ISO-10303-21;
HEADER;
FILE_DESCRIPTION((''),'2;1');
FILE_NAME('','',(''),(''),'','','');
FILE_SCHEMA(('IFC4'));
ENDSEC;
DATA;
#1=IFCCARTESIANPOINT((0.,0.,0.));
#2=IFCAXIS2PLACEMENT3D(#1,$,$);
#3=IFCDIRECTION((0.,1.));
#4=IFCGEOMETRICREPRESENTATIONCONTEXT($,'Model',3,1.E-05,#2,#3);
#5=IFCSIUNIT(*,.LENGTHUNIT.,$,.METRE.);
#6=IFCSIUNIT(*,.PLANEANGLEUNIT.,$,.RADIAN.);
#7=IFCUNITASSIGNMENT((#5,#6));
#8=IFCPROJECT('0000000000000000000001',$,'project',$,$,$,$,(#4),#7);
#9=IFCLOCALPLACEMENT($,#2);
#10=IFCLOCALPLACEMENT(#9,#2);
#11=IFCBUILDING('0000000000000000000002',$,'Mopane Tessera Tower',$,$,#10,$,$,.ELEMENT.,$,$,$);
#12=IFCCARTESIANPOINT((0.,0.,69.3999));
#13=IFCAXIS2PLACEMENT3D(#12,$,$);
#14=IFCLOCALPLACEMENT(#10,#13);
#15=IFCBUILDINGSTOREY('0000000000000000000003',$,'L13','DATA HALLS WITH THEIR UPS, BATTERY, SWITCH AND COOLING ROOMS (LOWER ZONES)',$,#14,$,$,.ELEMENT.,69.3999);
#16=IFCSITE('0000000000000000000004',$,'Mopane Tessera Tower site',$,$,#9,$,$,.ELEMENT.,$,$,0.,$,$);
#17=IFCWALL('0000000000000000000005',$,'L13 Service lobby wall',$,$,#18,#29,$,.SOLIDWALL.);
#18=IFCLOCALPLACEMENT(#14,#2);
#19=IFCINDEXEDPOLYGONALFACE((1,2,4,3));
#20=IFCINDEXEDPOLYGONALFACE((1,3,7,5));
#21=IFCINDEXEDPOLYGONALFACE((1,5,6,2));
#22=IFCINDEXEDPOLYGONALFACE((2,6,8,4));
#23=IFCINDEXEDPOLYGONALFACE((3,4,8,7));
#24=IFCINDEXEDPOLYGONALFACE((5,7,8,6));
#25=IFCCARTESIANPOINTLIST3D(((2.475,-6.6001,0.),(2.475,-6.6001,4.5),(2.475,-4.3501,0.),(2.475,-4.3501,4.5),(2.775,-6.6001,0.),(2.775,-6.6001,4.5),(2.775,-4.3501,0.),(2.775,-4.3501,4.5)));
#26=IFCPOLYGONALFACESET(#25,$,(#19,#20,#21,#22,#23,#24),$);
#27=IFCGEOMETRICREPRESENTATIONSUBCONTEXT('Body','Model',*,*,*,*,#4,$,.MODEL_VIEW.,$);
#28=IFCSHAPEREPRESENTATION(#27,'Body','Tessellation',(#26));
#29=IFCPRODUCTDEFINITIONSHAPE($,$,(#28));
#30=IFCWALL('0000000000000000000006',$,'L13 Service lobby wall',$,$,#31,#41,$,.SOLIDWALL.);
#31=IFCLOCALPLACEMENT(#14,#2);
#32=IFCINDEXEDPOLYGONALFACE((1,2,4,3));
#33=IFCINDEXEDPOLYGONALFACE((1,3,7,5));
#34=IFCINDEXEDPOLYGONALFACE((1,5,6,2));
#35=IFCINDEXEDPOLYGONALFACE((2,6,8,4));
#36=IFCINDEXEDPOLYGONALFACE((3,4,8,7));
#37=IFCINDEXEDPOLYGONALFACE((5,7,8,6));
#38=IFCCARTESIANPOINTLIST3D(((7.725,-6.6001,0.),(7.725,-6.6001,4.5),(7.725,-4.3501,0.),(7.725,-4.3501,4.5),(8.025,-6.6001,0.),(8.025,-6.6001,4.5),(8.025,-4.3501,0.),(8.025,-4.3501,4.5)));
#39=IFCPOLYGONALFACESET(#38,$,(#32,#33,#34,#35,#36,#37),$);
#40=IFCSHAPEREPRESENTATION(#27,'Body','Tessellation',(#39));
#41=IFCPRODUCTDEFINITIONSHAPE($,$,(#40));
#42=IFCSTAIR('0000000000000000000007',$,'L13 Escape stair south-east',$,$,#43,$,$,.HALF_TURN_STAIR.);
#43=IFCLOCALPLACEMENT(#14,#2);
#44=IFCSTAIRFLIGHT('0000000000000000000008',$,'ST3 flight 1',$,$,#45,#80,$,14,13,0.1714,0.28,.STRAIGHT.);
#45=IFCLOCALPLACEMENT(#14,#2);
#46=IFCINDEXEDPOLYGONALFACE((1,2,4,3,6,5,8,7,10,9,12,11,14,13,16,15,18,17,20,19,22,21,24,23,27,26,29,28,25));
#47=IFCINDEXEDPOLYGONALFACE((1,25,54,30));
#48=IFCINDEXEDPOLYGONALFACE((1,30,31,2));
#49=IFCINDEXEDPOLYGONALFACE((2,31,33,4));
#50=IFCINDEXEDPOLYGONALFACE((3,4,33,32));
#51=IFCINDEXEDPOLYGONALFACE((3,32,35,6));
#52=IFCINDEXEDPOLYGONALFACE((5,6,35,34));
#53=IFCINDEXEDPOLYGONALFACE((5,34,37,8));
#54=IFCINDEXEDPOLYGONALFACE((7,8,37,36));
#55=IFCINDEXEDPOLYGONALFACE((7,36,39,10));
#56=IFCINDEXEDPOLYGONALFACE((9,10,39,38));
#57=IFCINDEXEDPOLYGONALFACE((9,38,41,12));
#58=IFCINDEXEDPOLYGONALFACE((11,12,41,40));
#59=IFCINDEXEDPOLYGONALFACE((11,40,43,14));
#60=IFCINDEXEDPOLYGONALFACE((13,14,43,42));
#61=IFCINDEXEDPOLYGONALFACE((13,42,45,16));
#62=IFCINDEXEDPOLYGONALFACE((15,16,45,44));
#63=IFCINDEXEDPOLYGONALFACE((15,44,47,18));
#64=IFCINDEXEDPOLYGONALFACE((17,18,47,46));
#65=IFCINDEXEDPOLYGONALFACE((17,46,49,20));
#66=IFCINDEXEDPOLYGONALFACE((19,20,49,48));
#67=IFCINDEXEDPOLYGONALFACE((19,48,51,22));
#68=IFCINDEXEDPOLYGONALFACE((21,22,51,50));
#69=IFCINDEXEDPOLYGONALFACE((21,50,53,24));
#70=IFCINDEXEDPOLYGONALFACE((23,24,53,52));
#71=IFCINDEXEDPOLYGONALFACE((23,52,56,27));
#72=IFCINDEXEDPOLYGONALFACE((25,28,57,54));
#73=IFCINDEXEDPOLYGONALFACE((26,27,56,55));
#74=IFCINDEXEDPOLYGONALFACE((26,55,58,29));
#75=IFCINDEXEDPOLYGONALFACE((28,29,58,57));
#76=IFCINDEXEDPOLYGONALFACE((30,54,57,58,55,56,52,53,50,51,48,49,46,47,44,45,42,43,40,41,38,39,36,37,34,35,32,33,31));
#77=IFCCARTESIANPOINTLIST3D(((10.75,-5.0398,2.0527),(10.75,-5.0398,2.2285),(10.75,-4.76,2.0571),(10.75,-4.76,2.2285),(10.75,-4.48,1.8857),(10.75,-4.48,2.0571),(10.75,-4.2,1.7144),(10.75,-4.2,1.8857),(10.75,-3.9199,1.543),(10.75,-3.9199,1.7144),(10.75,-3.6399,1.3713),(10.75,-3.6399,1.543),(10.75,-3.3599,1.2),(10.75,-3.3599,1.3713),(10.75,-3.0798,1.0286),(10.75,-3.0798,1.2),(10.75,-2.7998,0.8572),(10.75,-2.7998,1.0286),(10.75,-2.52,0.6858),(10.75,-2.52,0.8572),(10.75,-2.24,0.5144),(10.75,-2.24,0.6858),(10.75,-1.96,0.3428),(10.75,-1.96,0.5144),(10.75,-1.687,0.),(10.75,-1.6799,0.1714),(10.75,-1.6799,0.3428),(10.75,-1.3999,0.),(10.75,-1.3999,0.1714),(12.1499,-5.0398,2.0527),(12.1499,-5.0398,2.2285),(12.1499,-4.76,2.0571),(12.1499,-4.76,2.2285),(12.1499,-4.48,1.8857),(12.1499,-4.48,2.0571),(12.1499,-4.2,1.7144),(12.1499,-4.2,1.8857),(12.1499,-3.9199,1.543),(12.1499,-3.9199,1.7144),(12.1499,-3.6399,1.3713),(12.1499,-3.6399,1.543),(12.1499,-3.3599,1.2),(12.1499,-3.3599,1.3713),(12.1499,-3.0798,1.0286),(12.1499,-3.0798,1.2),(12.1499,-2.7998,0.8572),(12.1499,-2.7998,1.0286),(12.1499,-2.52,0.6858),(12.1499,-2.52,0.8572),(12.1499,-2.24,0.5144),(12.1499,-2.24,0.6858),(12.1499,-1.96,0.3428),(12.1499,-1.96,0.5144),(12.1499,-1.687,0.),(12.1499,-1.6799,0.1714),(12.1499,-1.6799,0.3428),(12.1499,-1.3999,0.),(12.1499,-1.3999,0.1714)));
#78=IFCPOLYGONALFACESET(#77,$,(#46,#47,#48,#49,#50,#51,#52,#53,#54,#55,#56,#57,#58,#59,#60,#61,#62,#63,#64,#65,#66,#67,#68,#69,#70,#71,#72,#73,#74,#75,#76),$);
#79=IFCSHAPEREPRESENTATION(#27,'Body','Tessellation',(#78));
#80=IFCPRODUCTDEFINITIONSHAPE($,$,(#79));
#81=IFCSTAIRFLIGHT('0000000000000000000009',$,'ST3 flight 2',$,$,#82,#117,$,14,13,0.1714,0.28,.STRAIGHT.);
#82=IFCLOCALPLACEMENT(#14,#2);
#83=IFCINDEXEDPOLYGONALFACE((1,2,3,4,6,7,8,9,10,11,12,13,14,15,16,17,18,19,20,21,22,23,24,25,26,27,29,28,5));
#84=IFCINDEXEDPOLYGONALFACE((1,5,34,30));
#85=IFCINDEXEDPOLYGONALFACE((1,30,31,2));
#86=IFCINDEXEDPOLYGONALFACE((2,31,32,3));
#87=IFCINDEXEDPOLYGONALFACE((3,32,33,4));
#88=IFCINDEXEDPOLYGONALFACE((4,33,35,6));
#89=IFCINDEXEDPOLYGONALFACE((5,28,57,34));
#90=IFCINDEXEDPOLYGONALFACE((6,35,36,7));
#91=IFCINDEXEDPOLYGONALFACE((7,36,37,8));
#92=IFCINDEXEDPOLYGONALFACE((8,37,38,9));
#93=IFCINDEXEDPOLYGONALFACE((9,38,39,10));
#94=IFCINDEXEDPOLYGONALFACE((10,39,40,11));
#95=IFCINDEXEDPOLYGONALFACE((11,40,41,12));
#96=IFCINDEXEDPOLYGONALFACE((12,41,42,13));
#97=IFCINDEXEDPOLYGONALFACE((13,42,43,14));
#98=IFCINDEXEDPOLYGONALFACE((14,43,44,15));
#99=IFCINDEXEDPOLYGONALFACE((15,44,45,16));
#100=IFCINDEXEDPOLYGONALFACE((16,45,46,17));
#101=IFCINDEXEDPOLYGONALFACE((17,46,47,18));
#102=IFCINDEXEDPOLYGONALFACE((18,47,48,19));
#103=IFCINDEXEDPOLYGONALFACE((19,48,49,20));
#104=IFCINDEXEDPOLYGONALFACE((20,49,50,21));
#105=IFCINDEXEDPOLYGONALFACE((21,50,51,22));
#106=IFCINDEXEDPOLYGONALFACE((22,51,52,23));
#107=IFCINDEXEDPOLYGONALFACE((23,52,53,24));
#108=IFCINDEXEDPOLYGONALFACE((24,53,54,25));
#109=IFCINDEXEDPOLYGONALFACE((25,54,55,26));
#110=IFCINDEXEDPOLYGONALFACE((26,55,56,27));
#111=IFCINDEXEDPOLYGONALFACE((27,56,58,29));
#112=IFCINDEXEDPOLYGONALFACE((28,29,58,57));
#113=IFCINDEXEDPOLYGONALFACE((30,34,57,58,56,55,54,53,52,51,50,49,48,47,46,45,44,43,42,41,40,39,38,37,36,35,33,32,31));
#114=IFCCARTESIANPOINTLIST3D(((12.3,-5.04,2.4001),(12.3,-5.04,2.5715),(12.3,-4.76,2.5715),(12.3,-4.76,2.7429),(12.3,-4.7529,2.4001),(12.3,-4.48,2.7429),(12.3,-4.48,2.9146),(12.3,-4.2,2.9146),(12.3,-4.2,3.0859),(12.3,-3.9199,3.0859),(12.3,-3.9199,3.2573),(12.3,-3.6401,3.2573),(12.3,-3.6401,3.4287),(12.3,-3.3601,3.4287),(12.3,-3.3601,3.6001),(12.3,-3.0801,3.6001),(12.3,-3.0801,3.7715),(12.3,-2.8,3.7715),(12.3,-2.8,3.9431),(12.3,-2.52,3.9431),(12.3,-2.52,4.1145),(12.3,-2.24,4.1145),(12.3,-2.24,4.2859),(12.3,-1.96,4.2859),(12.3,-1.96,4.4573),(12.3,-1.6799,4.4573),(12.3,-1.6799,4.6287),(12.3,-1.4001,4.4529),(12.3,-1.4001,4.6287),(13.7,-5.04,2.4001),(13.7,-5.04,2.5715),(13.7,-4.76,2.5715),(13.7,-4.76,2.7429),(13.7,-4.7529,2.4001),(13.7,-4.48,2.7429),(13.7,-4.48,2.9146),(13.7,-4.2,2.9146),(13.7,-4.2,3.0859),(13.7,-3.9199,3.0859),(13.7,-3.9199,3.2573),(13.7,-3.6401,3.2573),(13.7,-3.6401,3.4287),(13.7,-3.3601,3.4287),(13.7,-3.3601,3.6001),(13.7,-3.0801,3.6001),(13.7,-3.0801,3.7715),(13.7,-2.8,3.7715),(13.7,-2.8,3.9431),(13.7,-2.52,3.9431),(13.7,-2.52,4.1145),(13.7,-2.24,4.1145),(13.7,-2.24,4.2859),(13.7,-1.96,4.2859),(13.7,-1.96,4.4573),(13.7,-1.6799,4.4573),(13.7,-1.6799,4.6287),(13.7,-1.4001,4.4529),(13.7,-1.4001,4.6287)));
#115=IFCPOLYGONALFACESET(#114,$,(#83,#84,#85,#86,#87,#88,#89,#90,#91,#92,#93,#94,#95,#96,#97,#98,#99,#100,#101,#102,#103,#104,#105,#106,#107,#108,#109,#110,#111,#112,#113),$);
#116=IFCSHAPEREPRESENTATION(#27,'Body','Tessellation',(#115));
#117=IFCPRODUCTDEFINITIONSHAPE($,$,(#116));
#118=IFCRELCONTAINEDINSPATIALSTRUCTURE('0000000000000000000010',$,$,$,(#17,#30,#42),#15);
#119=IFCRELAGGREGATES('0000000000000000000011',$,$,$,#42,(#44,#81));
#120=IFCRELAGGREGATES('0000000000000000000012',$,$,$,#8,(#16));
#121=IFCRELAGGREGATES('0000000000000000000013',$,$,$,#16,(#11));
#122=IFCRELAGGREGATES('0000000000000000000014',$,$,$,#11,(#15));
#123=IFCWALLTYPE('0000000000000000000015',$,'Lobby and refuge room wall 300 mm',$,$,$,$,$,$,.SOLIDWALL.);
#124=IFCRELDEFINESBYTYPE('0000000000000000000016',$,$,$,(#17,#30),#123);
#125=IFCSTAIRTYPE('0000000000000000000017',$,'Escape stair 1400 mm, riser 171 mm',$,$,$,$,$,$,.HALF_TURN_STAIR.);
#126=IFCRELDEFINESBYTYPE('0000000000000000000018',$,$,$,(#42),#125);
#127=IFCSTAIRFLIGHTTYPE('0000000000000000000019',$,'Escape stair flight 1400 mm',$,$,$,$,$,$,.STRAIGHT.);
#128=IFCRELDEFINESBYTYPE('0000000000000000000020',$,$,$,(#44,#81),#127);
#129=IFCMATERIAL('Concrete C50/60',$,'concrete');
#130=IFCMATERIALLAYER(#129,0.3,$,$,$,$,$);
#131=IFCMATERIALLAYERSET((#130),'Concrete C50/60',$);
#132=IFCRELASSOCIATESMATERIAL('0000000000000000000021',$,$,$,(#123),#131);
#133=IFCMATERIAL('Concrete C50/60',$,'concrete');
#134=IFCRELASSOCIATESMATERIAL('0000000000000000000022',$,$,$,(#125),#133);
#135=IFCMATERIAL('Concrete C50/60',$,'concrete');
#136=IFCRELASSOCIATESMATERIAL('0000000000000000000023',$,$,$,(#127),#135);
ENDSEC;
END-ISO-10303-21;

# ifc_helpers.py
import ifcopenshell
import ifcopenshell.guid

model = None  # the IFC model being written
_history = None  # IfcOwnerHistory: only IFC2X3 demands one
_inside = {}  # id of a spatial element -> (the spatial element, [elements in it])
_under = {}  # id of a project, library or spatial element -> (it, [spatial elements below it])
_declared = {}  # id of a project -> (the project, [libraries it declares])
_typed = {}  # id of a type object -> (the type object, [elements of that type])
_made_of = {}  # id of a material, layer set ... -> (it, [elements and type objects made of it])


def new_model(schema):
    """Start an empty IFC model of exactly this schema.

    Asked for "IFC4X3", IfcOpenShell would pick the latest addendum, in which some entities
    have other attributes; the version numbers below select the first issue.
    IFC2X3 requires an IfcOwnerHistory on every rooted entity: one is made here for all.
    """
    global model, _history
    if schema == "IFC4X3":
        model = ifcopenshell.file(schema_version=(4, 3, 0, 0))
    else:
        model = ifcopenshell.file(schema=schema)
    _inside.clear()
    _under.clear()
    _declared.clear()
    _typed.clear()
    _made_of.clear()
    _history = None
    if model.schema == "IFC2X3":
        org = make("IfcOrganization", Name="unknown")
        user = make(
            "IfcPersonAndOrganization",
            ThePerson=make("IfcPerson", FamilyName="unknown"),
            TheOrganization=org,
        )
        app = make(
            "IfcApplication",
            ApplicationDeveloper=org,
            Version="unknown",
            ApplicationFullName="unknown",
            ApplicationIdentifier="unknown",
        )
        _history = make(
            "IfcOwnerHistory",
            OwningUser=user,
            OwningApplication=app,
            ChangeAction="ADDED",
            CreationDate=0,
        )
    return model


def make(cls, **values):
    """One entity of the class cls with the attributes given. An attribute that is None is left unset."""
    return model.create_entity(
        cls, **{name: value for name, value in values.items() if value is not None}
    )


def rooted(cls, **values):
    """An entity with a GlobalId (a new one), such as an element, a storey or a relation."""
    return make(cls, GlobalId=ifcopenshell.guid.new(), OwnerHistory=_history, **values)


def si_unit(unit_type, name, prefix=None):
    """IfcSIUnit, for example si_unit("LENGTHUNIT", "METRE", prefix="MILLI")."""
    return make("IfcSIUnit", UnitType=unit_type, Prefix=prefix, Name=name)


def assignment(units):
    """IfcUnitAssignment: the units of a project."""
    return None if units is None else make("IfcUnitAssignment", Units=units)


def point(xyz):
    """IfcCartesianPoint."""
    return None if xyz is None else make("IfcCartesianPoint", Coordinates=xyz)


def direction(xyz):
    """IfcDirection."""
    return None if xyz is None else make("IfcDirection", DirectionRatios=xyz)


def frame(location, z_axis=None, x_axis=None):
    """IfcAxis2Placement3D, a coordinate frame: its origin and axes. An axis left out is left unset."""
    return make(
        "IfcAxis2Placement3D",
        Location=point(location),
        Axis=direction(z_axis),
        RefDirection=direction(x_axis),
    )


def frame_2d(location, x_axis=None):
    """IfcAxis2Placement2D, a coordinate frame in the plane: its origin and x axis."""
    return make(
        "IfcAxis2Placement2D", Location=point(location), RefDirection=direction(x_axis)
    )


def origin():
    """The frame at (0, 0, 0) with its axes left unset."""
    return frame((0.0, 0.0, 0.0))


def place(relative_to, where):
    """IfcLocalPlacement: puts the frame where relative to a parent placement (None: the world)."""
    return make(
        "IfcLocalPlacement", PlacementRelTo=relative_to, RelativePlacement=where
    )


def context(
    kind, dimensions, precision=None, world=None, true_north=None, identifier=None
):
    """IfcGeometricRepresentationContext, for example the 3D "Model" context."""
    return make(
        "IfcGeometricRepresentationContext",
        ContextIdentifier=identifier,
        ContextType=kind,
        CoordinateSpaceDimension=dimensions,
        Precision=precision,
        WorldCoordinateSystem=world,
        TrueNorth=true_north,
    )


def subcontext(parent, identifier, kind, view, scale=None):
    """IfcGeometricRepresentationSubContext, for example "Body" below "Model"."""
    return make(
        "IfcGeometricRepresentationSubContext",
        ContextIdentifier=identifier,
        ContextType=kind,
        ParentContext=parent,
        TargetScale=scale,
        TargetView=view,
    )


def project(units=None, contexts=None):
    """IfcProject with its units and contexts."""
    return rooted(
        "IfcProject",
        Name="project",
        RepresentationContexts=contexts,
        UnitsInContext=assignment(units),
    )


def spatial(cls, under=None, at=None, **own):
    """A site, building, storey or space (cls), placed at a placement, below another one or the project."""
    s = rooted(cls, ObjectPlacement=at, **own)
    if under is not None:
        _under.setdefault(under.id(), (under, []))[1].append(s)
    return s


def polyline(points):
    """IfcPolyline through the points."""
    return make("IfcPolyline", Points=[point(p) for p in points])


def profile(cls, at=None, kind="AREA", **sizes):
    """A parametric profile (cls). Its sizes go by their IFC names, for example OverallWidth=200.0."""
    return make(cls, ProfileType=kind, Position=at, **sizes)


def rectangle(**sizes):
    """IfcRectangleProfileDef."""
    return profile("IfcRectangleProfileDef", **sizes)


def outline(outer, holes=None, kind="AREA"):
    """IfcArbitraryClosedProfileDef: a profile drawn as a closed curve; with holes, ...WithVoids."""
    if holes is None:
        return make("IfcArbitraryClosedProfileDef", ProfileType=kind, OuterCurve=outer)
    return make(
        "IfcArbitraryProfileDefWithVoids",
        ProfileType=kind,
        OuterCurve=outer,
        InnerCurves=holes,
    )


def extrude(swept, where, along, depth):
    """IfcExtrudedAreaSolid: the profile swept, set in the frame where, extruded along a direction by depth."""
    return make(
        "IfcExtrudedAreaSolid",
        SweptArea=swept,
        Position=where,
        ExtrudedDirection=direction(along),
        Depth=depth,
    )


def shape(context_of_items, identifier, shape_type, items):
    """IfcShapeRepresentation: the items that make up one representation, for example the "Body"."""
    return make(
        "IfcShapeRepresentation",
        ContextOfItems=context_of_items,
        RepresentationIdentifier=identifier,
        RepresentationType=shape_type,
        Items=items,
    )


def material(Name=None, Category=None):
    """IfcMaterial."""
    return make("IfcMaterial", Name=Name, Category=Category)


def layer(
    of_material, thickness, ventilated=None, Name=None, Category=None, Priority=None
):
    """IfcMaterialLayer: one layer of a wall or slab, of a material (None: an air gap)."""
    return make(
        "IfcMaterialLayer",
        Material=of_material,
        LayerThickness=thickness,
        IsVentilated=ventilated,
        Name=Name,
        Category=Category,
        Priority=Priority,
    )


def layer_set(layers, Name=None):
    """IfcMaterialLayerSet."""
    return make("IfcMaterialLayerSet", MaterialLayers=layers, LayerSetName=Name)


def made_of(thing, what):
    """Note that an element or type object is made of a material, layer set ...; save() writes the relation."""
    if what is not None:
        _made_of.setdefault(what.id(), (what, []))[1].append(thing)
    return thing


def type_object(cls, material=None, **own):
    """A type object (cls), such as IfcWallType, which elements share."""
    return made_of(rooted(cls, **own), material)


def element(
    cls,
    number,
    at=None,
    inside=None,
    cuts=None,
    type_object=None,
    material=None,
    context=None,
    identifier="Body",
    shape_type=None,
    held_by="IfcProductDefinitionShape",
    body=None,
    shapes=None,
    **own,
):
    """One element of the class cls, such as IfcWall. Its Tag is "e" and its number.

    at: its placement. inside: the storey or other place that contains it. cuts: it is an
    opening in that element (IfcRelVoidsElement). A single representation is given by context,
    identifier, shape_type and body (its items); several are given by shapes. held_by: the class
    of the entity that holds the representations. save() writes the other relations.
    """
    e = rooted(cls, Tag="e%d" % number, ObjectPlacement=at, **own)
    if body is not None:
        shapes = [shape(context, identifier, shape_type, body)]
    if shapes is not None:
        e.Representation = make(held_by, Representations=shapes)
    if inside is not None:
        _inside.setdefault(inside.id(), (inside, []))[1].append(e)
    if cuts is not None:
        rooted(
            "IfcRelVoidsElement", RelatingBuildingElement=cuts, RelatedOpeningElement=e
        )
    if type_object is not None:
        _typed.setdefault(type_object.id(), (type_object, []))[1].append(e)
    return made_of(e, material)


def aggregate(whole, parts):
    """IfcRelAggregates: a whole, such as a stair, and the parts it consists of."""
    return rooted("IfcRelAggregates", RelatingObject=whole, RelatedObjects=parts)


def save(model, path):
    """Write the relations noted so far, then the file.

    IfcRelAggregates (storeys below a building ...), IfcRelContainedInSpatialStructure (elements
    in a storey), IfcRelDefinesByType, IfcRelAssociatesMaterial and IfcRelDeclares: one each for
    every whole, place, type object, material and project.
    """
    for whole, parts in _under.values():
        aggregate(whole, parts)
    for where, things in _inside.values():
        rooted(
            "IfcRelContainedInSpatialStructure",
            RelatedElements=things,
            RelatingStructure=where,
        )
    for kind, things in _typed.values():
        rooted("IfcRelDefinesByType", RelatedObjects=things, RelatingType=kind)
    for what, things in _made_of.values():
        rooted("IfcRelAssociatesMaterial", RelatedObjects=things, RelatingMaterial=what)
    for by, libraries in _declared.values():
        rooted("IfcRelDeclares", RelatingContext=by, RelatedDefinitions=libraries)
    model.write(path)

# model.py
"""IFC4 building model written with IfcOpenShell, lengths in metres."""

from ifc_helpers import new_model, si_unit, direction, frame, frame_2d, origin, place, context, subcontext, project, spatial, polyline, rectangle, outline, extrude, material, layer, layer_set, type_object, element, aggregate, save


model = new_model("IFC4")

# Units and contexts
model_context = context("Model", 3, precision=1e-05, world=origin(), true_north=direction((0.0, 1.0)))
body_context = subcontext(model_context, "Body", "Model", "MODEL_VIEW")
ifc_project = project(units=[si_unit("LENGTHUNIT", "METRE"), si_unit("PLANEANGLEUNIT", "RADIAN")], contexts=[model_context])

# Site, building, storey
site_placement = place(None, origin())
site = spatial("IfcSite", under=ifc_project, at=site_placement, Name="Mopane Tessera Tower site", CompositionType="ELEMENT", RefElevation=0.0)
building_placement = place(site_placement, origin())
building = spatial("IfcBuilding", under=site, at=building_placement, Name="Mopane Tessera Tower", CompositionType="ELEMENT")
storey_placement = place(building_placement, frame((0.0, 0.0, 69.3999)))
storey = spatial("IfcBuildingStorey", under=building, at=storey_placement, Name="L13", Description="DATA HALLS WITH THEIR UPS, BATTERY, SWITCH AND COOLING ROOMS (LOWER ZONES)", CompositionType="ELEMENT", Elevation=69.3999)

# Walls
ifc_material_1 = material(Name="Concrete C50/60", Category="concrete")
ifc_layer_1 = layer(ifc_material_1, 0.3)
ifc_layer_set_1 = layer_set([ifc_layer_1], Name="Concrete C50/60")
wall_type_1 = type_object("IfcWallType", Name="Lobby and refuge room wall 300 mm", PredefinedType="SOLIDWALL", material=ifc_layer_set_1)
for number, where, z_axis, x_axis, name in (
    (1, (2.625, -6.6001, 0.0), (0.0, 0.0, 1.0), (0.0, 1.0, 0.0), "L13 Service lobby wall"),
    (2, (7.875, -6.6001, 0.0), (0.0, 0.0, 1.0), (0.0, 1.0, 0.0), "L13 Service lobby wall"),
):
    element("IfcWall", number, at=place(storey_placement, frame(where, z_axis=z_axis, x_axis=x_axis)), inside=storey, type_object=wall_type_1, Name=name, PredefinedType="SOLIDWALL", context=body_context, shape_type="SweptSolid", body=[
        extrude(rectangle(XDim=2.25, YDim=0.3, at=frame_2d((1.125, 0.0))), origin(), (0.0, 0.0, 1.0), 4.5),
    ])

# Stair, stair flights
ifc_material_2 = material(Name="Concrete C50/60", Category="concrete")
stair_type = type_object("IfcStairType", Name="Escape stair 1400 mm, riser 171 mm", PredefinedType="HALF_TURN_STAIR", material=ifc_material_2)
stair_placement = place(storey_placement, origin())
stair = element("IfcStair", 3, at=stair_placement, inside=storey, type_object=stair_type, Name="L13 Escape stair south-east", PredefinedType="HALF_TURN_STAIR")
ifc_material_3 = material(Name="Concrete C50/60", Category="concrete")
stair_flight_type = type_object("IfcStairFlightType", Name="Escape stair flight 1400 mm", PredefinedType="STRAIGHT", material=ifc_material_3)
stair_flight_1_placement = place(storey_placement, frame((11.45, -1.3999, 0.0), z_axis=(0.0, 0.0, 1.0), x_axis=(0.0, -1.0, 0.0)))
stair_flight_1 = element("IfcStairFlight", 4, at=stair_flight_1_placement, type_object=stair_flight_type, Name="ST3 flight 1", NumberOfRisers=14, NumberOfTreads=13, PredefinedType="STRAIGHT", RiserHeight=0.1714, TreadLength=0.28, context=body_context, shape_type="SweptSolid", body=[
    extrude(outline(polyline([(0.0, 0.0), (0.0, 0.1714), (0.28, 0.1714), (0.28, 0.3428), (0.5601, 0.3428), (0.5601, 0.5144), (0.8401, 0.5144), (0.8401, 0.6858), (1.1201, 0.6858), (1.1201, 0.8572), (1.3999, 0.8572), (1.3999, 1.0286), (1.6799, 1.0286), (1.6799, 1.2), (1.96, 1.2), (1.96, 1.3713), (2.24, 1.3713), (2.24, 1.543), (2.52, 1.543), (2.52, 1.7144), (2.8, 1.7144), (2.8, 1.8857), (3.0801, 1.8857), (3.0801, 2.0571), (3.3601, 2.0571), (3.3601, 2.2285), (3.6399, 2.2285), (3.6399, 2.3999), (3.6399, 2.0527), (0.2871, 0.0), (0.0, 0.0)])), frame((0.0, 0.7, 0.0), z_axis=(0.0, -1.0, 0.0), x_axis=(1.0, 0.0, 0.0)), (0.0, 0.0, 1.0), 1.3999),
])
stair_flight_2_placement = place(storey_placement, frame((13.0, -5.04, 2.4001), z_axis=(0.0, 0.0, 1.0), x_axis=(0.0, 1.0, 0.0)))
stair_flight_2 = element("IfcStairFlight", 5, at=stair_flight_2_placement, type_object=stair_flight_type, Name="ST3 flight 2", NumberOfRisers=14, NumberOfTreads=13, PredefinedType="STRAIGHT", RiserHeight=0.1714, TreadLength=0.28, context=body_context, shape_type="SweptSolid", body=[
    extrude(outline(polyline([(0.0, 0.0), (0.0, 0.1714), (0.28, 0.1714), (0.28, 0.3428), (0.5601, 0.3428), (0.5601, 0.5144), (0.8401, 0.5144), (0.8401, 0.6858), (1.1201, 0.6858), (1.1201, 0.8572), (1.3999, 0.8572), (1.3999, 1.0286), (1.6799, 1.0286), (1.6799, 1.2), (1.96, 1.2), (1.96, 1.3713), (2.24, 1.3713), (2.24, 1.543), (2.52, 1.543), (2.52, 1.7144), (2.8, 1.7144), (2.8, 1.8857), (3.0801, 1.8857), (3.0801, 2.0571), (3.3601, 2.0571), (3.3601, 2.2285), (3.6399, 2.2285), (3.6399, 2.3999), (3.6399, 2.0527), (0.2871, 0.0), (0.0, 0.0)])), frame((0.0, 0.7, 0.0), z_axis=(0.0, -1.0, 0.0), x_axis=(1.0, 0.0, 0.0)), (0.0, 0.0, 1.0), 1.3999),
])
aggregate(stair, [stair_flight_1, stair_flight_2])

save(model, "model.ifc")
